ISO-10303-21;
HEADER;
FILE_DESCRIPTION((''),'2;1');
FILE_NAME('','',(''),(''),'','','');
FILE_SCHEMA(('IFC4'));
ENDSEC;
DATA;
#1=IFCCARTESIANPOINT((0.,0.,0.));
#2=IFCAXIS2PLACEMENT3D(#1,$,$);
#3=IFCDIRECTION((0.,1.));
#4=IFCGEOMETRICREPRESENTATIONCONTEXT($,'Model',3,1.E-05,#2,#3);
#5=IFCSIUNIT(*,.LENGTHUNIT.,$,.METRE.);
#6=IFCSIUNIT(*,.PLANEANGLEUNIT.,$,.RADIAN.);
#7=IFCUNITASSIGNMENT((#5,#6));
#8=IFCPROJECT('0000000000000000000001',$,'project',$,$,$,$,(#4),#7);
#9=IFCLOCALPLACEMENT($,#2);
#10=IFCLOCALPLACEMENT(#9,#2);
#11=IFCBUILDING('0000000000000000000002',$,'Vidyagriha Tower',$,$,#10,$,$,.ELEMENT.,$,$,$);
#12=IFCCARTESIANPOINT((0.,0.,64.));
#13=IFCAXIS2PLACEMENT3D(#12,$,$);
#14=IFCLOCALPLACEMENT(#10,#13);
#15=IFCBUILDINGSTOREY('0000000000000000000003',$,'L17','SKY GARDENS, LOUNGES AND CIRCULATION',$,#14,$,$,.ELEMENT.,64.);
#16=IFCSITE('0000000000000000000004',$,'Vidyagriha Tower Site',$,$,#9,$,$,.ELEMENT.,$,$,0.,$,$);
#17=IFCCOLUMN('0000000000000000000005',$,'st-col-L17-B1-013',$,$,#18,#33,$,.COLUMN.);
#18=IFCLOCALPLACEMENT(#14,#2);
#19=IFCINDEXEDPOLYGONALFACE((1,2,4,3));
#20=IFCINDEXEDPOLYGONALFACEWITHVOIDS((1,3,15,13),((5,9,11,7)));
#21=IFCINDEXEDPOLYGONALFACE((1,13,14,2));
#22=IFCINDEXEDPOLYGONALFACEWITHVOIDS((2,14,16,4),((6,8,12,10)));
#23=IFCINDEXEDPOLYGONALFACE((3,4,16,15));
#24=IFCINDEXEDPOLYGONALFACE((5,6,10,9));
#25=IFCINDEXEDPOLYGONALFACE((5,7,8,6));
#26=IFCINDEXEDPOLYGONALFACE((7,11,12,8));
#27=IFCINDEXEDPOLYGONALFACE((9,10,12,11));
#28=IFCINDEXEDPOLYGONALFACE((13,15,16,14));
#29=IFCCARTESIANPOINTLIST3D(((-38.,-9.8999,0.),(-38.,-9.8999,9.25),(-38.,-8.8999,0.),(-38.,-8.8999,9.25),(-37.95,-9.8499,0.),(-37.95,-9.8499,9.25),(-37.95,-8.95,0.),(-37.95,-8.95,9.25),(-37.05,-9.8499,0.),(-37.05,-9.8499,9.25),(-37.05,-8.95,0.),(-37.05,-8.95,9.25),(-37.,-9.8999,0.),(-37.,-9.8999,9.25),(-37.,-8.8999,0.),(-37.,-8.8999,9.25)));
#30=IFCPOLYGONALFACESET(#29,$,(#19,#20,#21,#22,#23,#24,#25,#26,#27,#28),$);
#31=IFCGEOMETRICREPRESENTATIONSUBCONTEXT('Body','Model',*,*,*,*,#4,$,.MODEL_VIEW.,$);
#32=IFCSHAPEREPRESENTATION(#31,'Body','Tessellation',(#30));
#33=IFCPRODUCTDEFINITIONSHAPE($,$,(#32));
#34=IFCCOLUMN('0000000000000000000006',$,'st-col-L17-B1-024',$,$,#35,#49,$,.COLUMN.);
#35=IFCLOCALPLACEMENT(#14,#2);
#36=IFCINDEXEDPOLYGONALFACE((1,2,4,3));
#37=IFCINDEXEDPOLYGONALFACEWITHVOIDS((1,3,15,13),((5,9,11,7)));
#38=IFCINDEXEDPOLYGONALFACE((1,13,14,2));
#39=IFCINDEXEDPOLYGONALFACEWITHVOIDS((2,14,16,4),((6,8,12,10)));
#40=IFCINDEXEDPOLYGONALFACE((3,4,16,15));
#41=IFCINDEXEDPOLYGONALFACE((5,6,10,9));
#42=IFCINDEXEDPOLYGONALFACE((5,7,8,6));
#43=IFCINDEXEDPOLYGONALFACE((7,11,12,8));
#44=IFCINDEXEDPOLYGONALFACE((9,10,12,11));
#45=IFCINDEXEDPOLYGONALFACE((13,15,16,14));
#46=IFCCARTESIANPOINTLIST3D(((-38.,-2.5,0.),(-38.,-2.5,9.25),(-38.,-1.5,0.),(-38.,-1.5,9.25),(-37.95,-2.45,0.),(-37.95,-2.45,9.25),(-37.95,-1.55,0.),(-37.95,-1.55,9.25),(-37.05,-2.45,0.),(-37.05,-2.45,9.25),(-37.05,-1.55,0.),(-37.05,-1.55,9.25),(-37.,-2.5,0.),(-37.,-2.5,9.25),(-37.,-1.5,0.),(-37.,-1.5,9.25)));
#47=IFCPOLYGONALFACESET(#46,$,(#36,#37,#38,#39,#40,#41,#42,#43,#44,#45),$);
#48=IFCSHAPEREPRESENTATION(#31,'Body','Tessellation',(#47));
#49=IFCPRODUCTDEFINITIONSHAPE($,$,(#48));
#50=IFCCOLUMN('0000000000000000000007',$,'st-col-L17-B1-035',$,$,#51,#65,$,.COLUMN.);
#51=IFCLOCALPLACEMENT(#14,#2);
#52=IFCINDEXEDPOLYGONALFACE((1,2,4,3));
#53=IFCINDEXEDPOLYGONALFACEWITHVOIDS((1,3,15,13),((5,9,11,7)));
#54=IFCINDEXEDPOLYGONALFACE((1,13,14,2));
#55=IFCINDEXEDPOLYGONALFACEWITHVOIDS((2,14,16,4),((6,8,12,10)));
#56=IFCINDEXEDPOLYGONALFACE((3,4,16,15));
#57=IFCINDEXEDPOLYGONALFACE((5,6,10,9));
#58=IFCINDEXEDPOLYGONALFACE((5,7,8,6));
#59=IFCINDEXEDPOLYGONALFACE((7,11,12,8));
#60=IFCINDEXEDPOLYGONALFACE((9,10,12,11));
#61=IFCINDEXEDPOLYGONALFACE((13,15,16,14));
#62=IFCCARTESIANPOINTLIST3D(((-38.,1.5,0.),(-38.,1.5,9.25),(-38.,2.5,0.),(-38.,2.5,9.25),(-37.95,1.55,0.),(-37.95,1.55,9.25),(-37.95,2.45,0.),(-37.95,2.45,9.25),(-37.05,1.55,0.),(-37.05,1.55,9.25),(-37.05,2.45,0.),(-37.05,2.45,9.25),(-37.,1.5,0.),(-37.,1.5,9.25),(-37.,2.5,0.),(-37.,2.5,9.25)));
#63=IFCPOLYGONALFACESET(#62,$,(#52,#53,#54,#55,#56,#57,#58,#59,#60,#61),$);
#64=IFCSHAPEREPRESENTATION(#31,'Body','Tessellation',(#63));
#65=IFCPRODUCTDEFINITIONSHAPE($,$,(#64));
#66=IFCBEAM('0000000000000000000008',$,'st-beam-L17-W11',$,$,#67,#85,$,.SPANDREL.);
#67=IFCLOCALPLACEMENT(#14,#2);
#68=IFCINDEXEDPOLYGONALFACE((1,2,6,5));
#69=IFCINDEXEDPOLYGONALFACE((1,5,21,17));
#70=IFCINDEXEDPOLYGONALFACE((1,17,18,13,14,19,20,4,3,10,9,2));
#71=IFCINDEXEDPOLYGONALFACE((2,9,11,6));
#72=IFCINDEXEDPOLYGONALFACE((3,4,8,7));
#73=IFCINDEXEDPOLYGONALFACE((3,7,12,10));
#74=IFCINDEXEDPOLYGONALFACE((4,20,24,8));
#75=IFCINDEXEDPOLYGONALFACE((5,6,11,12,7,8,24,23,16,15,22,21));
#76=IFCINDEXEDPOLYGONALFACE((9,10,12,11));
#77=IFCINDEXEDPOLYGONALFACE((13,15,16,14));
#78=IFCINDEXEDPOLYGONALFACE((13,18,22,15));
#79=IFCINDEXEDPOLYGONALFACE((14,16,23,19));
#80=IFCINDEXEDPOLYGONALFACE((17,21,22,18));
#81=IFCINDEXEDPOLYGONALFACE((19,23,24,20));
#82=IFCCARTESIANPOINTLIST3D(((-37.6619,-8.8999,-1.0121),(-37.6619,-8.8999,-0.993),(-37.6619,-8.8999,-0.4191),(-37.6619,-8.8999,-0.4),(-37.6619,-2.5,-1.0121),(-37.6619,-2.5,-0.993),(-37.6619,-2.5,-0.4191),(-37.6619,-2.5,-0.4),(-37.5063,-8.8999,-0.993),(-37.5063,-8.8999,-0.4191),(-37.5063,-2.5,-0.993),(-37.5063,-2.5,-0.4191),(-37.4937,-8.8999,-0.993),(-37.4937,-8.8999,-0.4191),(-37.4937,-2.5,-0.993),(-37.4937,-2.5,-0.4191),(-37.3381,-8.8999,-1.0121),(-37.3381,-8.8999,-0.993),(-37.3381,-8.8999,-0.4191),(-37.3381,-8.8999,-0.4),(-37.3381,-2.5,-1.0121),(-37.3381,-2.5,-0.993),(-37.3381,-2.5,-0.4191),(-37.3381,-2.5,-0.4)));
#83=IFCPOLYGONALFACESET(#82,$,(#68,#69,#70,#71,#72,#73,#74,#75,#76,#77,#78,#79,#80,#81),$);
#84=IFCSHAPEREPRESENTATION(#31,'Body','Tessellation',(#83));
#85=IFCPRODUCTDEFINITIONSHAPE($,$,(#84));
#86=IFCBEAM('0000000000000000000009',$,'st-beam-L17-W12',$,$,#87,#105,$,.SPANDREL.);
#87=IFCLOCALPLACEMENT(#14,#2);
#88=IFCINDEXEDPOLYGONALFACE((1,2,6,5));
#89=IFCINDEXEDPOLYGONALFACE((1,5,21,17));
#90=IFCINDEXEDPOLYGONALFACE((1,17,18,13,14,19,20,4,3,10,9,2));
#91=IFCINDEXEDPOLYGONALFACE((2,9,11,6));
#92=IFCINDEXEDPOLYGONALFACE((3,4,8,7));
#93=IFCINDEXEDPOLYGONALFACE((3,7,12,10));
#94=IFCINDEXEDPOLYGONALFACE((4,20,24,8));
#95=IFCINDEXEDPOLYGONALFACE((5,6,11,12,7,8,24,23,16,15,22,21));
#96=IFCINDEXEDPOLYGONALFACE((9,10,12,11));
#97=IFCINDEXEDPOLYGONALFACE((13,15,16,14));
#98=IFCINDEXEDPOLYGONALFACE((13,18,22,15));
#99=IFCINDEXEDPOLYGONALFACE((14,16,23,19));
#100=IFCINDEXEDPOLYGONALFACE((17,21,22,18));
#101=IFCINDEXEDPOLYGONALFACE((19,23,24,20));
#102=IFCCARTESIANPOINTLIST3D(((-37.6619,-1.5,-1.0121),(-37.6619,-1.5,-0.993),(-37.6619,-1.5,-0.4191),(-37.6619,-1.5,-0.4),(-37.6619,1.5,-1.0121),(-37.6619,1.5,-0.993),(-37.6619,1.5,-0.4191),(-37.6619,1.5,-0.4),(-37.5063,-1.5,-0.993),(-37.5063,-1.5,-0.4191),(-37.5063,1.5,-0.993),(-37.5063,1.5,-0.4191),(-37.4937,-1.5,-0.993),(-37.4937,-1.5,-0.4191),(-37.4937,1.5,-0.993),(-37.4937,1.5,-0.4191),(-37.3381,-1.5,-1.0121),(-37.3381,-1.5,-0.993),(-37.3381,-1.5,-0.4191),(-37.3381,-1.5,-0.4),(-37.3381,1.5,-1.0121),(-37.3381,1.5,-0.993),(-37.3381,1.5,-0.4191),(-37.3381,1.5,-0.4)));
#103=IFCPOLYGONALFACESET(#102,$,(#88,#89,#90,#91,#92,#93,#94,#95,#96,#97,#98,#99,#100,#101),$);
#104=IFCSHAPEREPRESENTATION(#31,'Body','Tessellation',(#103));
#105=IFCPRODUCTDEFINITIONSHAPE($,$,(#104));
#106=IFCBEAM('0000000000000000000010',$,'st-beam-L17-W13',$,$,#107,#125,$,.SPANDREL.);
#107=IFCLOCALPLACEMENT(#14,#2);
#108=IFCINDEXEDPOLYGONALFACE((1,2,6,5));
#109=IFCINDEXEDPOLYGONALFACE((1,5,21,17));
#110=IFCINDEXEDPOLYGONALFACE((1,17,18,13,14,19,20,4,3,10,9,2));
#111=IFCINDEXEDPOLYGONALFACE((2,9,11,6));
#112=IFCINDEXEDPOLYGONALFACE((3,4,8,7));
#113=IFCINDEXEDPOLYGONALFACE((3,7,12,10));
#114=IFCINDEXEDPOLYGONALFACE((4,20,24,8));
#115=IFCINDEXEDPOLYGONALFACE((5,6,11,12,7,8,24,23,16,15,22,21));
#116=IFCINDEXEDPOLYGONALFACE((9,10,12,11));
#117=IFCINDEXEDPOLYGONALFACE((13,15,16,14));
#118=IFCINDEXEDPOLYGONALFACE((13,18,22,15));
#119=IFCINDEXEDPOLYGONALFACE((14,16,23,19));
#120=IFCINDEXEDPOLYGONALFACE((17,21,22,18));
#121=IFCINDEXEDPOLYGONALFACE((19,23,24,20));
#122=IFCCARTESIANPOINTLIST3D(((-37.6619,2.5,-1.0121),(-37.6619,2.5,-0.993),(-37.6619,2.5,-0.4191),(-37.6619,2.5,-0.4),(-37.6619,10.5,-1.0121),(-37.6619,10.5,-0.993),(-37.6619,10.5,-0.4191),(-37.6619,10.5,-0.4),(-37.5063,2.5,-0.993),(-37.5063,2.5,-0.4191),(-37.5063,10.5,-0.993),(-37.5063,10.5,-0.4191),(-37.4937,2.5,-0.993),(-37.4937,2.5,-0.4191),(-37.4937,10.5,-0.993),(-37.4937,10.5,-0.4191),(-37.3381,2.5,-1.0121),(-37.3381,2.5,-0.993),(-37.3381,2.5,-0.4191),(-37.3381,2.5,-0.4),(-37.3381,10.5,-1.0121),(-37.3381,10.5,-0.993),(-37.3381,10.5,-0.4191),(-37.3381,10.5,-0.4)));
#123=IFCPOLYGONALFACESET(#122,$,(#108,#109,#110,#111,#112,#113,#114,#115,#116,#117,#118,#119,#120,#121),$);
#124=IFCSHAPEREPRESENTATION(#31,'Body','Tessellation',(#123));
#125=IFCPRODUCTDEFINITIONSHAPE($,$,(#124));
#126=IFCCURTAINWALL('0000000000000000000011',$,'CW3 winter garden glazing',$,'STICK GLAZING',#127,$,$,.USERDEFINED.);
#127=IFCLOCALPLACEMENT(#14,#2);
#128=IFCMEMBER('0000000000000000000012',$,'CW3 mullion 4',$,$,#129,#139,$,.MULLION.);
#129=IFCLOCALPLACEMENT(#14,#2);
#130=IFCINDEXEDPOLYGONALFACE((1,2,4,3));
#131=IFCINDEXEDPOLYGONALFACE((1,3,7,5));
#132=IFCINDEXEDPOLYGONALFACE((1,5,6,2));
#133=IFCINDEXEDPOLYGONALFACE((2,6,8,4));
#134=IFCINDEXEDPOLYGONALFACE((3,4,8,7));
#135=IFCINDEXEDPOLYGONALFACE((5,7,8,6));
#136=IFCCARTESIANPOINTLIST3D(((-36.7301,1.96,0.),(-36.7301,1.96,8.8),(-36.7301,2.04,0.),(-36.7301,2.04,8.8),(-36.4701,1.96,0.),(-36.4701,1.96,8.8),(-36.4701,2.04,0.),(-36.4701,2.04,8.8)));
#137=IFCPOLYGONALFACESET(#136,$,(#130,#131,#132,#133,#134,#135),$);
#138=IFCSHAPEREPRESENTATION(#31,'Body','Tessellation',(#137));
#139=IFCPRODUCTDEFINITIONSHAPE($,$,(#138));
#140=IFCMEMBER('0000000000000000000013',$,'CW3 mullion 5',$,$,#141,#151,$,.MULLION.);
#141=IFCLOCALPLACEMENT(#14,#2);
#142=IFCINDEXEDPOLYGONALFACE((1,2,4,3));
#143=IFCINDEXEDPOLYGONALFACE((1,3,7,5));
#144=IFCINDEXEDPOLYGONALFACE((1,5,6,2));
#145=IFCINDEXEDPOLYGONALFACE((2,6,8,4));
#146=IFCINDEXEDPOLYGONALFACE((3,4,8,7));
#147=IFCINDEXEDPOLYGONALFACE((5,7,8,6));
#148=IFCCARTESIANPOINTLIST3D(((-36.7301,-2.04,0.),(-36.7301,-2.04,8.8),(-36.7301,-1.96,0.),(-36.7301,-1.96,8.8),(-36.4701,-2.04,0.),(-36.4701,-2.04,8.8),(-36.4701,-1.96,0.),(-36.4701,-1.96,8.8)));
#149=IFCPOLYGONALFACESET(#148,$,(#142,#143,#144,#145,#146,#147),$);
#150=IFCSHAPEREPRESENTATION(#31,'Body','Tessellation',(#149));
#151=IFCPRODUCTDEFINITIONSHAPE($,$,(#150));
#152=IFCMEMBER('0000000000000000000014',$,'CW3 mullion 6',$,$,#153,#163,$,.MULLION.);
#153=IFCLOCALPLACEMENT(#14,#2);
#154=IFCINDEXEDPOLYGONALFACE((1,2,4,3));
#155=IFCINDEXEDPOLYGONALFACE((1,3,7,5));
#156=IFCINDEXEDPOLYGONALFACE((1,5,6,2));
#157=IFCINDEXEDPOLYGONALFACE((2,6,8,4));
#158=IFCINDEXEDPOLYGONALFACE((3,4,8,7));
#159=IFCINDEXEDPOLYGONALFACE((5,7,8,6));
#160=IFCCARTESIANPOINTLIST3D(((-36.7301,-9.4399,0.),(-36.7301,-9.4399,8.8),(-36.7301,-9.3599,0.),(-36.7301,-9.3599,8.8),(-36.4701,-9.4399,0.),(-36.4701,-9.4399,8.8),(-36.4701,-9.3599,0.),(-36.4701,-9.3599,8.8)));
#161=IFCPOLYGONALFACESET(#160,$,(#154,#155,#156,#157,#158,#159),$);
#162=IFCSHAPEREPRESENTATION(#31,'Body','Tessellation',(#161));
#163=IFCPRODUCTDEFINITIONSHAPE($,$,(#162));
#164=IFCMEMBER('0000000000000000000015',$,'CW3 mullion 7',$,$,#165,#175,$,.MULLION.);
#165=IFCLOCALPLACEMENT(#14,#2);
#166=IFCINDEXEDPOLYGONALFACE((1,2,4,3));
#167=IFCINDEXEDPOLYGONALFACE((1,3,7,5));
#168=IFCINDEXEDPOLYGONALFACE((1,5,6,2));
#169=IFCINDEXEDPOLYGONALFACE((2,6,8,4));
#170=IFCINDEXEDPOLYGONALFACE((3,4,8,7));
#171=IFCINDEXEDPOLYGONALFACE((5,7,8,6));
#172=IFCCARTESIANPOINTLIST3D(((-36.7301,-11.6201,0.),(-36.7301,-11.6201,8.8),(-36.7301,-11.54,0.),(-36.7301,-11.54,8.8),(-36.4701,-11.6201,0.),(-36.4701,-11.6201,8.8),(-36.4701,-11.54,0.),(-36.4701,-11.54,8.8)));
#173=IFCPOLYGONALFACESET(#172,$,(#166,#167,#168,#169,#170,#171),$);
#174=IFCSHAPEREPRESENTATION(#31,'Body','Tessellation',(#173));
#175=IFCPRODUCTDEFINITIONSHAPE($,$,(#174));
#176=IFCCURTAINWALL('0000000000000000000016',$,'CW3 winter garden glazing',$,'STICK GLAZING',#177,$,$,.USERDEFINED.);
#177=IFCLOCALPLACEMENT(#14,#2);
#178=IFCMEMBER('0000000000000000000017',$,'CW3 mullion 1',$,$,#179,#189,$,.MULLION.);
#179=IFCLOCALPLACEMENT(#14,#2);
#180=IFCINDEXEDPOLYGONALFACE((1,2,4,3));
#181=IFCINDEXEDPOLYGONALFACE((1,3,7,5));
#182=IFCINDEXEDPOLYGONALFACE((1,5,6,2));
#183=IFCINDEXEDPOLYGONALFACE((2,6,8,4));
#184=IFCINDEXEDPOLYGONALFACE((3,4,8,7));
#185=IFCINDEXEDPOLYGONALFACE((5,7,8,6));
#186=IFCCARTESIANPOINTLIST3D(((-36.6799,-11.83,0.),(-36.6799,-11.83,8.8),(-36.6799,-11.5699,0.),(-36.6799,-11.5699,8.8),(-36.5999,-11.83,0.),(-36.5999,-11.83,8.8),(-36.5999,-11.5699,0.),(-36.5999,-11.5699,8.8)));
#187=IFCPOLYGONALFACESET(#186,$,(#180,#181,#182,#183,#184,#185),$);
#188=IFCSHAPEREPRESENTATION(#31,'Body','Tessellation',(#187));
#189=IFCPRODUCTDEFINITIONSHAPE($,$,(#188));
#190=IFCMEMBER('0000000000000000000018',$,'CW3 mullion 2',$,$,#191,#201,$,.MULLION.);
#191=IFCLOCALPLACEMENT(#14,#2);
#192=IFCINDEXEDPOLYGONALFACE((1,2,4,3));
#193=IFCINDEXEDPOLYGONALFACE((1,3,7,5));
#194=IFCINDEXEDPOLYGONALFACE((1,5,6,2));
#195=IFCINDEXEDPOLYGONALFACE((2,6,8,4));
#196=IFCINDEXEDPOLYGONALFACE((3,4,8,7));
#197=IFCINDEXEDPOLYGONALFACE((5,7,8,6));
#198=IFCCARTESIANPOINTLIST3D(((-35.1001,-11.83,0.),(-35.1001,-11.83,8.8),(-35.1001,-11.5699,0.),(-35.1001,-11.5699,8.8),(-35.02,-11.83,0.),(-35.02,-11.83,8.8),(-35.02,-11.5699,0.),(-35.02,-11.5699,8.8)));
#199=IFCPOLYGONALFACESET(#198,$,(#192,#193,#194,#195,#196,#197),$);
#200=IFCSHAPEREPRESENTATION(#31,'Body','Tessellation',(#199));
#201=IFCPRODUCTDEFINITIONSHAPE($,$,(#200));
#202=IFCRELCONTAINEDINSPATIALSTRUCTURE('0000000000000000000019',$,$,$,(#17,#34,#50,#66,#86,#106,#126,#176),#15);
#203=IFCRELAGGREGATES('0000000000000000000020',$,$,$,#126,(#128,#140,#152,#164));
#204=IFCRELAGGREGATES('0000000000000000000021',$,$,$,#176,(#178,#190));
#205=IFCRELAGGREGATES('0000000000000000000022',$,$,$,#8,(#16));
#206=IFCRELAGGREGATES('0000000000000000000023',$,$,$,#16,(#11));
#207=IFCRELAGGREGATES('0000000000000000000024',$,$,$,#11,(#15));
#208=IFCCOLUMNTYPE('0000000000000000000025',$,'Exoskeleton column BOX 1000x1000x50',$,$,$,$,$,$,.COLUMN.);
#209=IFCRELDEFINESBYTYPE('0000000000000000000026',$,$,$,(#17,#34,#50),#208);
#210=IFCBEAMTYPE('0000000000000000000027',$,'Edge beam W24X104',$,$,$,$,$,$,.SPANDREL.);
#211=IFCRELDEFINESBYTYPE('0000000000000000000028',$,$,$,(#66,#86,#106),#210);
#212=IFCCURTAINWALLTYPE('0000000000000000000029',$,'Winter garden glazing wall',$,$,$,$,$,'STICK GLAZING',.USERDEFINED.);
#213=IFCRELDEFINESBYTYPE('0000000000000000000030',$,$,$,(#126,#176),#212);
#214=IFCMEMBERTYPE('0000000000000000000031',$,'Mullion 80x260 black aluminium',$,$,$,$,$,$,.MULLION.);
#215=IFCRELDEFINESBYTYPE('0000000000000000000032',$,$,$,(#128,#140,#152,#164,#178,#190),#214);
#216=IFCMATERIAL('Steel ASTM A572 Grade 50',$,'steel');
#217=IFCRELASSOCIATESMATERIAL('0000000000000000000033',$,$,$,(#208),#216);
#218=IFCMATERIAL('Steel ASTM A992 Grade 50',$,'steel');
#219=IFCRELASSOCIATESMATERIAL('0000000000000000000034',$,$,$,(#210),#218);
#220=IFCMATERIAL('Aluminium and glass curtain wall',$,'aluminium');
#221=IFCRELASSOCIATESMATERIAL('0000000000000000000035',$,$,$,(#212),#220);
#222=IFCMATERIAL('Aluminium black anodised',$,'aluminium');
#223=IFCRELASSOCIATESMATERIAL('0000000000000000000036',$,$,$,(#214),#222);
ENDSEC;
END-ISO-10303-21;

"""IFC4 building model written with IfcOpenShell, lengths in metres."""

from ifc_helpers import new_model, si_unit, direction, frame, origin, origin_2d, place, context, subcontext, project, spatial, rectangle, hollow_rectangle, i_section, extrude, material, material_profile, profile_set, type_object, element, aggregate, save


model = new_model("IFC4")

# Units and contexts
model_context = context("Model", 3, precision=1e-05, world=origin(), true_north=direction((0.0, 1.0)))
body_context = subcontext(model_context, "Body", "Model", "MODEL_VIEW")
ifc_project = project(units=[si_unit("LENGTHUNIT", "METRE"), si_unit("PLANEANGLEUNIT", "RADIAN")], contexts=[model_context])

# Site, building, storey
site_placement = place(None, origin())
site = spatial("IfcSite", under=ifc_project, at=site_placement, Name="Vidyagriha Tower Site", CompositionType="ELEMENT", RefElevation=0.0)
building_placement = place(site_placement, origin())
building = spatial("IfcBuilding", under=site, at=building_placement, Name="Vidyagriha Tower", CompositionType="ELEMENT")
storey_placement = place(building_placement, frame((0.0, 0.0, 64.0)))
storey = spatial("IfcBuildingStorey", under=building, at=storey_placement, Name="L17", Description="SKY GARDENS, LOUNGES AND CIRCULATION", CompositionType="ELEMENT", Elevation=64.0)

# Columns
ifc_material_1 = material(Name="Steel ASTM A572 Grade 50", Category="steel")
ifc_material_profile_1 = material_profile(ifc_material_1, hollow_rectangle(XDim=1.0, YDim=1.0, WallThickness=0.05, at=origin_2d()), Name="BOX 1000x1000x50")
ifc_profile_set_1 = profile_set([ifc_material_profile_1], Name="Steel ASTM A572 Grade 50")
column_type = type_object("IfcColumnType", Name="Exoskeleton column BOX 1000x1000x50", PredefinedType="COLUMN", material=ifc_profile_set_1)
for number, where, name in (
    (1, (-37.5, -9.3999, 0.0), "st-col-L17-B1-013"),
    (2, (-37.5, -2.0, 0.0), "st-col-L17-B1-024"),
    (3, (-37.5, 2.0, 0.0), "st-col-L17-B1-035"),
):
    element("IfcColumn", number, at=place(storey_placement, frame(where)), inside=storey, type_object=column_type, Name=name, PredefinedType="COLUMN", context=body_context, shape_type="SweptSolid", body=[
        extrude(hollow_rectangle(XDim=1.0, YDim=1.0, WallThickness=0.05, at=origin_2d()), origin(), (0.0, 0.0, 1.0), 9.25),
    ])

# Beams
ifc_material_2 = material(Name="Steel ASTM A992 Grade 50", Category="steel")
ifc_material_profile_2 = material_profile(ifc_material_2, i_section(OverallWidth=0.3237, OverallDepth=0.6121, WebThickness=0.0127, FlangeThickness=0.019, at=origin_2d()), Name="W24X104")
ifc_profile_set_2 = profile_set([ifc_material_profile_2], Name="Steel ASTM A992 Grade 50")
beam_type = type_object("IfcBeamType", Name="Edge beam W24X104", PredefinedType="SPANDREL", material=ifc_profile_set_2)
beam_1_placement = place(storey_placement, frame((-37.5, -8.8999, -0.7061), z_axis=(0.0, 1.0, 0.0), x_axis=(-1.0, 0.0, 0.0)))
element("IfcBeam", 4, at=beam_1_placement, inside=storey, type_object=beam_type, Name="st-beam-L17-W11", PredefinedType="SPANDREL", context=body_context, shape_type="SweptSolid", body=[
    extrude(i_section(OverallWidth=0.3237, OverallDepth=0.6121, WebThickness=0.0127, FlangeThickness=0.019, at=origin_2d()), origin(), (0.0, 0.0, 1.0), 6.3999),
])
beam_2_placement = place(storey_placement, frame((-37.5, -1.5, -0.7061), z_axis=(0.0, 1.0, 0.0), x_axis=(-1.0, 0.0, 0.0)))
element("IfcBeam", 5, at=beam_2_placement, inside=storey, type_object=beam_type, Name="st-beam-L17-W12", PredefinedType="SPANDREL", context=body_context, shape_type="SweptSolid", body=[
    extrude(i_section(OverallWidth=0.3237, OverallDepth=0.6121, WebThickness=0.0127, FlangeThickness=0.019, at=origin_2d()), origin(), (0.0, 0.0, 1.0), 3.0),
])
beam_3_placement = place(storey_placement, frame((-37.5, 2.5, -0.7061), z_axis=(0.0, 1.0, 0.0), x_axis=(-1.0, 0.0, 0.0)))
element("IfcBeam", 6, at=beam_3_placement, inside=storey, type_object=beam_type, Name="st-beam-L17-W13", PredefinedType="SPANDREL", context=body_context, shape_type="SweptSolid", body=[
    extrude(i_section(OverallWidth=0.3237, OverallDepth=0.6121, WebThickness=0.0127, FlangeThickness=0.019, at=origin_2d()), origin(), (0.0, 0.0, 1.0), 8.0),
])

# Curtain walls, members
ifc_material_3 = material(Name="Aluminium and glass curtain wall", Category="aluminium")
curtain_wall_type = type_object("IfcCurtainWallType", Name="Winter garden glazing wall", ElementType="STICK GLAZING", PredefinedType="USERDEFINED", material=ifc_material_3)
curtain_wall_1_placement = place(storey_placement, origin())
curtain_wall_1 = element("IfcCurtainWall", 7, at=curtain_wall_1_placement, inside=storey, type_object=curtain_wall_type, Name="CW3 winter garden glazing", ObjectType="STICK GLAZING", PredefinedType="USERDEFINED")
ifc_material_4 = material(Name="Aluminium black anodised", Category="aluminium")
ifc_material_profile_3 = material_profile(ifc_material_4, rectangle(XDim=0.26, YDim=0.0801, at=origin_2d()), Name="Mullion 80x260 black aluminium")
ifc_profile_set_3 = profile_set([ifc_material_profile_3], Name="Aluminium black anodised")
member_type_1 = type_object("IfcMemberType", Name="Mullion 80x260 black aluminium", PredefinedType="MULLION", material=ifc_profile_set_3)
member_1_placement = place(storey_placement, frame((-36.6001, 2.0, 0.0)))
member_1 = element("IfcMember", 8, at=member_1_placement, type_object=member_type_1, Name="CW3 mullion 4", PredefinedType="MULLION", context=body_context, shape_type="SweptSolid", body=[
    extrude(rectangle(XDim=0.26, YDim=0.0801, at=origin_2d()), origin(), (0.0, 0.0, 1.0), 8.8),
])
member_2_placement = place(storey_placement, frame((-36.6001, -2.0, 0.0)))
member_2 = element("IfcMember", 9, at=member_2_placement, type_object=member_type_1, Name="CW3 mullion 5", PredefinedType="MULLION", context=body_context, shape_type="SweptSolid", body=[
    extrude(rectangle(XDim=0.26, YDim=0.0801, at=origin_2d()), origin(), (0.0, 0.0, 1.0), 8.8),
])
member_3_placement = place(storey_placement, frame((-36.6001, -9.3999, 0.0)))
member_3 = element("IfcMember", 10, at=member_3_placement, type_object=member_type_1, Name="CW3 mullion 6", PredefinedType="MULLION", context=body_context, shape_type="SweptSolid", body=[
    extrude(rectangle(XDim=0.26, YDim=0.0801, at=origin_2d()), origin(), (0.0, 0.0, 1.0), 8.8),
])
member_4_placement = place(storey_placement, frame((-36.6001, -11.5801, 0.0)))
member_4 = element("IfcMember", 11, at=member_4_placement, type_object=member_type_1, Name="CW3 mullion 7", PredefinedType="MULLION", context=body_context, shape_type="SweptSolid", body=[
    extrude(rectangle(XDim=0.26, YDim=0.0801, at=origin_2d()), origin(), (0.0, 0.0, 1.0), 8.8),
])
curtain_wall_2_placement = place(storey_placement, origin())
curtain_wall_2 = element("IfcCurtainWall", 12, at=curtain_wall_2_placement, inside=storey, type_object=curtain_wall_type, Name="CW3 winter garden glazing", ObjectType="STICK GLAZING", PredefinedType="USERDEFINED")
member_5_placement = place(storey_placement, frame((-36.6399, -11.7, 0.0), z_axis=(0.0, 0.0, 1.0), x_axis=(0.0, 1.0, 0.0)))
member_5 = element("IfcMember", 13, at=member_5_placement, type_object=member_type_1, Name="CW3 mullion 1", PredefinedType="MULLION", context=body_context, shape_type="SweptSolid", body=[
    extrude(rectangle(XDim=0.26, YDim=0.0801, at=origin_2d()), origin(), (0.0, 0.0, 1.0), 8.8),
])
member_6_placement = place(storey_placement, frame((-35.0601, -11.7, 0.0), z_axis=(0.0, 0.0, 1.0), x_axis=(0.0, 1.0, 0.0)))
member_6 = element("IfcMember", 14, at=member_6_placement, type_object=member_type_1, Name="CW3 mullion 2", PredefinedType="MULLION", context=body_context, shape_type="SweptSolid", body=[
    extrude(rectangle(XDim=0.26, YDim=0.0801, at=origin_2d()), origin(), (0.0, 0.0, 1.0), 8.8),
])

aggregate(curtain_wall_1, [member_1, member_2, member_3, member_4])
aggregate(curtain_wall_2, [member_5, member_6])

save(model, "model.ifc")
